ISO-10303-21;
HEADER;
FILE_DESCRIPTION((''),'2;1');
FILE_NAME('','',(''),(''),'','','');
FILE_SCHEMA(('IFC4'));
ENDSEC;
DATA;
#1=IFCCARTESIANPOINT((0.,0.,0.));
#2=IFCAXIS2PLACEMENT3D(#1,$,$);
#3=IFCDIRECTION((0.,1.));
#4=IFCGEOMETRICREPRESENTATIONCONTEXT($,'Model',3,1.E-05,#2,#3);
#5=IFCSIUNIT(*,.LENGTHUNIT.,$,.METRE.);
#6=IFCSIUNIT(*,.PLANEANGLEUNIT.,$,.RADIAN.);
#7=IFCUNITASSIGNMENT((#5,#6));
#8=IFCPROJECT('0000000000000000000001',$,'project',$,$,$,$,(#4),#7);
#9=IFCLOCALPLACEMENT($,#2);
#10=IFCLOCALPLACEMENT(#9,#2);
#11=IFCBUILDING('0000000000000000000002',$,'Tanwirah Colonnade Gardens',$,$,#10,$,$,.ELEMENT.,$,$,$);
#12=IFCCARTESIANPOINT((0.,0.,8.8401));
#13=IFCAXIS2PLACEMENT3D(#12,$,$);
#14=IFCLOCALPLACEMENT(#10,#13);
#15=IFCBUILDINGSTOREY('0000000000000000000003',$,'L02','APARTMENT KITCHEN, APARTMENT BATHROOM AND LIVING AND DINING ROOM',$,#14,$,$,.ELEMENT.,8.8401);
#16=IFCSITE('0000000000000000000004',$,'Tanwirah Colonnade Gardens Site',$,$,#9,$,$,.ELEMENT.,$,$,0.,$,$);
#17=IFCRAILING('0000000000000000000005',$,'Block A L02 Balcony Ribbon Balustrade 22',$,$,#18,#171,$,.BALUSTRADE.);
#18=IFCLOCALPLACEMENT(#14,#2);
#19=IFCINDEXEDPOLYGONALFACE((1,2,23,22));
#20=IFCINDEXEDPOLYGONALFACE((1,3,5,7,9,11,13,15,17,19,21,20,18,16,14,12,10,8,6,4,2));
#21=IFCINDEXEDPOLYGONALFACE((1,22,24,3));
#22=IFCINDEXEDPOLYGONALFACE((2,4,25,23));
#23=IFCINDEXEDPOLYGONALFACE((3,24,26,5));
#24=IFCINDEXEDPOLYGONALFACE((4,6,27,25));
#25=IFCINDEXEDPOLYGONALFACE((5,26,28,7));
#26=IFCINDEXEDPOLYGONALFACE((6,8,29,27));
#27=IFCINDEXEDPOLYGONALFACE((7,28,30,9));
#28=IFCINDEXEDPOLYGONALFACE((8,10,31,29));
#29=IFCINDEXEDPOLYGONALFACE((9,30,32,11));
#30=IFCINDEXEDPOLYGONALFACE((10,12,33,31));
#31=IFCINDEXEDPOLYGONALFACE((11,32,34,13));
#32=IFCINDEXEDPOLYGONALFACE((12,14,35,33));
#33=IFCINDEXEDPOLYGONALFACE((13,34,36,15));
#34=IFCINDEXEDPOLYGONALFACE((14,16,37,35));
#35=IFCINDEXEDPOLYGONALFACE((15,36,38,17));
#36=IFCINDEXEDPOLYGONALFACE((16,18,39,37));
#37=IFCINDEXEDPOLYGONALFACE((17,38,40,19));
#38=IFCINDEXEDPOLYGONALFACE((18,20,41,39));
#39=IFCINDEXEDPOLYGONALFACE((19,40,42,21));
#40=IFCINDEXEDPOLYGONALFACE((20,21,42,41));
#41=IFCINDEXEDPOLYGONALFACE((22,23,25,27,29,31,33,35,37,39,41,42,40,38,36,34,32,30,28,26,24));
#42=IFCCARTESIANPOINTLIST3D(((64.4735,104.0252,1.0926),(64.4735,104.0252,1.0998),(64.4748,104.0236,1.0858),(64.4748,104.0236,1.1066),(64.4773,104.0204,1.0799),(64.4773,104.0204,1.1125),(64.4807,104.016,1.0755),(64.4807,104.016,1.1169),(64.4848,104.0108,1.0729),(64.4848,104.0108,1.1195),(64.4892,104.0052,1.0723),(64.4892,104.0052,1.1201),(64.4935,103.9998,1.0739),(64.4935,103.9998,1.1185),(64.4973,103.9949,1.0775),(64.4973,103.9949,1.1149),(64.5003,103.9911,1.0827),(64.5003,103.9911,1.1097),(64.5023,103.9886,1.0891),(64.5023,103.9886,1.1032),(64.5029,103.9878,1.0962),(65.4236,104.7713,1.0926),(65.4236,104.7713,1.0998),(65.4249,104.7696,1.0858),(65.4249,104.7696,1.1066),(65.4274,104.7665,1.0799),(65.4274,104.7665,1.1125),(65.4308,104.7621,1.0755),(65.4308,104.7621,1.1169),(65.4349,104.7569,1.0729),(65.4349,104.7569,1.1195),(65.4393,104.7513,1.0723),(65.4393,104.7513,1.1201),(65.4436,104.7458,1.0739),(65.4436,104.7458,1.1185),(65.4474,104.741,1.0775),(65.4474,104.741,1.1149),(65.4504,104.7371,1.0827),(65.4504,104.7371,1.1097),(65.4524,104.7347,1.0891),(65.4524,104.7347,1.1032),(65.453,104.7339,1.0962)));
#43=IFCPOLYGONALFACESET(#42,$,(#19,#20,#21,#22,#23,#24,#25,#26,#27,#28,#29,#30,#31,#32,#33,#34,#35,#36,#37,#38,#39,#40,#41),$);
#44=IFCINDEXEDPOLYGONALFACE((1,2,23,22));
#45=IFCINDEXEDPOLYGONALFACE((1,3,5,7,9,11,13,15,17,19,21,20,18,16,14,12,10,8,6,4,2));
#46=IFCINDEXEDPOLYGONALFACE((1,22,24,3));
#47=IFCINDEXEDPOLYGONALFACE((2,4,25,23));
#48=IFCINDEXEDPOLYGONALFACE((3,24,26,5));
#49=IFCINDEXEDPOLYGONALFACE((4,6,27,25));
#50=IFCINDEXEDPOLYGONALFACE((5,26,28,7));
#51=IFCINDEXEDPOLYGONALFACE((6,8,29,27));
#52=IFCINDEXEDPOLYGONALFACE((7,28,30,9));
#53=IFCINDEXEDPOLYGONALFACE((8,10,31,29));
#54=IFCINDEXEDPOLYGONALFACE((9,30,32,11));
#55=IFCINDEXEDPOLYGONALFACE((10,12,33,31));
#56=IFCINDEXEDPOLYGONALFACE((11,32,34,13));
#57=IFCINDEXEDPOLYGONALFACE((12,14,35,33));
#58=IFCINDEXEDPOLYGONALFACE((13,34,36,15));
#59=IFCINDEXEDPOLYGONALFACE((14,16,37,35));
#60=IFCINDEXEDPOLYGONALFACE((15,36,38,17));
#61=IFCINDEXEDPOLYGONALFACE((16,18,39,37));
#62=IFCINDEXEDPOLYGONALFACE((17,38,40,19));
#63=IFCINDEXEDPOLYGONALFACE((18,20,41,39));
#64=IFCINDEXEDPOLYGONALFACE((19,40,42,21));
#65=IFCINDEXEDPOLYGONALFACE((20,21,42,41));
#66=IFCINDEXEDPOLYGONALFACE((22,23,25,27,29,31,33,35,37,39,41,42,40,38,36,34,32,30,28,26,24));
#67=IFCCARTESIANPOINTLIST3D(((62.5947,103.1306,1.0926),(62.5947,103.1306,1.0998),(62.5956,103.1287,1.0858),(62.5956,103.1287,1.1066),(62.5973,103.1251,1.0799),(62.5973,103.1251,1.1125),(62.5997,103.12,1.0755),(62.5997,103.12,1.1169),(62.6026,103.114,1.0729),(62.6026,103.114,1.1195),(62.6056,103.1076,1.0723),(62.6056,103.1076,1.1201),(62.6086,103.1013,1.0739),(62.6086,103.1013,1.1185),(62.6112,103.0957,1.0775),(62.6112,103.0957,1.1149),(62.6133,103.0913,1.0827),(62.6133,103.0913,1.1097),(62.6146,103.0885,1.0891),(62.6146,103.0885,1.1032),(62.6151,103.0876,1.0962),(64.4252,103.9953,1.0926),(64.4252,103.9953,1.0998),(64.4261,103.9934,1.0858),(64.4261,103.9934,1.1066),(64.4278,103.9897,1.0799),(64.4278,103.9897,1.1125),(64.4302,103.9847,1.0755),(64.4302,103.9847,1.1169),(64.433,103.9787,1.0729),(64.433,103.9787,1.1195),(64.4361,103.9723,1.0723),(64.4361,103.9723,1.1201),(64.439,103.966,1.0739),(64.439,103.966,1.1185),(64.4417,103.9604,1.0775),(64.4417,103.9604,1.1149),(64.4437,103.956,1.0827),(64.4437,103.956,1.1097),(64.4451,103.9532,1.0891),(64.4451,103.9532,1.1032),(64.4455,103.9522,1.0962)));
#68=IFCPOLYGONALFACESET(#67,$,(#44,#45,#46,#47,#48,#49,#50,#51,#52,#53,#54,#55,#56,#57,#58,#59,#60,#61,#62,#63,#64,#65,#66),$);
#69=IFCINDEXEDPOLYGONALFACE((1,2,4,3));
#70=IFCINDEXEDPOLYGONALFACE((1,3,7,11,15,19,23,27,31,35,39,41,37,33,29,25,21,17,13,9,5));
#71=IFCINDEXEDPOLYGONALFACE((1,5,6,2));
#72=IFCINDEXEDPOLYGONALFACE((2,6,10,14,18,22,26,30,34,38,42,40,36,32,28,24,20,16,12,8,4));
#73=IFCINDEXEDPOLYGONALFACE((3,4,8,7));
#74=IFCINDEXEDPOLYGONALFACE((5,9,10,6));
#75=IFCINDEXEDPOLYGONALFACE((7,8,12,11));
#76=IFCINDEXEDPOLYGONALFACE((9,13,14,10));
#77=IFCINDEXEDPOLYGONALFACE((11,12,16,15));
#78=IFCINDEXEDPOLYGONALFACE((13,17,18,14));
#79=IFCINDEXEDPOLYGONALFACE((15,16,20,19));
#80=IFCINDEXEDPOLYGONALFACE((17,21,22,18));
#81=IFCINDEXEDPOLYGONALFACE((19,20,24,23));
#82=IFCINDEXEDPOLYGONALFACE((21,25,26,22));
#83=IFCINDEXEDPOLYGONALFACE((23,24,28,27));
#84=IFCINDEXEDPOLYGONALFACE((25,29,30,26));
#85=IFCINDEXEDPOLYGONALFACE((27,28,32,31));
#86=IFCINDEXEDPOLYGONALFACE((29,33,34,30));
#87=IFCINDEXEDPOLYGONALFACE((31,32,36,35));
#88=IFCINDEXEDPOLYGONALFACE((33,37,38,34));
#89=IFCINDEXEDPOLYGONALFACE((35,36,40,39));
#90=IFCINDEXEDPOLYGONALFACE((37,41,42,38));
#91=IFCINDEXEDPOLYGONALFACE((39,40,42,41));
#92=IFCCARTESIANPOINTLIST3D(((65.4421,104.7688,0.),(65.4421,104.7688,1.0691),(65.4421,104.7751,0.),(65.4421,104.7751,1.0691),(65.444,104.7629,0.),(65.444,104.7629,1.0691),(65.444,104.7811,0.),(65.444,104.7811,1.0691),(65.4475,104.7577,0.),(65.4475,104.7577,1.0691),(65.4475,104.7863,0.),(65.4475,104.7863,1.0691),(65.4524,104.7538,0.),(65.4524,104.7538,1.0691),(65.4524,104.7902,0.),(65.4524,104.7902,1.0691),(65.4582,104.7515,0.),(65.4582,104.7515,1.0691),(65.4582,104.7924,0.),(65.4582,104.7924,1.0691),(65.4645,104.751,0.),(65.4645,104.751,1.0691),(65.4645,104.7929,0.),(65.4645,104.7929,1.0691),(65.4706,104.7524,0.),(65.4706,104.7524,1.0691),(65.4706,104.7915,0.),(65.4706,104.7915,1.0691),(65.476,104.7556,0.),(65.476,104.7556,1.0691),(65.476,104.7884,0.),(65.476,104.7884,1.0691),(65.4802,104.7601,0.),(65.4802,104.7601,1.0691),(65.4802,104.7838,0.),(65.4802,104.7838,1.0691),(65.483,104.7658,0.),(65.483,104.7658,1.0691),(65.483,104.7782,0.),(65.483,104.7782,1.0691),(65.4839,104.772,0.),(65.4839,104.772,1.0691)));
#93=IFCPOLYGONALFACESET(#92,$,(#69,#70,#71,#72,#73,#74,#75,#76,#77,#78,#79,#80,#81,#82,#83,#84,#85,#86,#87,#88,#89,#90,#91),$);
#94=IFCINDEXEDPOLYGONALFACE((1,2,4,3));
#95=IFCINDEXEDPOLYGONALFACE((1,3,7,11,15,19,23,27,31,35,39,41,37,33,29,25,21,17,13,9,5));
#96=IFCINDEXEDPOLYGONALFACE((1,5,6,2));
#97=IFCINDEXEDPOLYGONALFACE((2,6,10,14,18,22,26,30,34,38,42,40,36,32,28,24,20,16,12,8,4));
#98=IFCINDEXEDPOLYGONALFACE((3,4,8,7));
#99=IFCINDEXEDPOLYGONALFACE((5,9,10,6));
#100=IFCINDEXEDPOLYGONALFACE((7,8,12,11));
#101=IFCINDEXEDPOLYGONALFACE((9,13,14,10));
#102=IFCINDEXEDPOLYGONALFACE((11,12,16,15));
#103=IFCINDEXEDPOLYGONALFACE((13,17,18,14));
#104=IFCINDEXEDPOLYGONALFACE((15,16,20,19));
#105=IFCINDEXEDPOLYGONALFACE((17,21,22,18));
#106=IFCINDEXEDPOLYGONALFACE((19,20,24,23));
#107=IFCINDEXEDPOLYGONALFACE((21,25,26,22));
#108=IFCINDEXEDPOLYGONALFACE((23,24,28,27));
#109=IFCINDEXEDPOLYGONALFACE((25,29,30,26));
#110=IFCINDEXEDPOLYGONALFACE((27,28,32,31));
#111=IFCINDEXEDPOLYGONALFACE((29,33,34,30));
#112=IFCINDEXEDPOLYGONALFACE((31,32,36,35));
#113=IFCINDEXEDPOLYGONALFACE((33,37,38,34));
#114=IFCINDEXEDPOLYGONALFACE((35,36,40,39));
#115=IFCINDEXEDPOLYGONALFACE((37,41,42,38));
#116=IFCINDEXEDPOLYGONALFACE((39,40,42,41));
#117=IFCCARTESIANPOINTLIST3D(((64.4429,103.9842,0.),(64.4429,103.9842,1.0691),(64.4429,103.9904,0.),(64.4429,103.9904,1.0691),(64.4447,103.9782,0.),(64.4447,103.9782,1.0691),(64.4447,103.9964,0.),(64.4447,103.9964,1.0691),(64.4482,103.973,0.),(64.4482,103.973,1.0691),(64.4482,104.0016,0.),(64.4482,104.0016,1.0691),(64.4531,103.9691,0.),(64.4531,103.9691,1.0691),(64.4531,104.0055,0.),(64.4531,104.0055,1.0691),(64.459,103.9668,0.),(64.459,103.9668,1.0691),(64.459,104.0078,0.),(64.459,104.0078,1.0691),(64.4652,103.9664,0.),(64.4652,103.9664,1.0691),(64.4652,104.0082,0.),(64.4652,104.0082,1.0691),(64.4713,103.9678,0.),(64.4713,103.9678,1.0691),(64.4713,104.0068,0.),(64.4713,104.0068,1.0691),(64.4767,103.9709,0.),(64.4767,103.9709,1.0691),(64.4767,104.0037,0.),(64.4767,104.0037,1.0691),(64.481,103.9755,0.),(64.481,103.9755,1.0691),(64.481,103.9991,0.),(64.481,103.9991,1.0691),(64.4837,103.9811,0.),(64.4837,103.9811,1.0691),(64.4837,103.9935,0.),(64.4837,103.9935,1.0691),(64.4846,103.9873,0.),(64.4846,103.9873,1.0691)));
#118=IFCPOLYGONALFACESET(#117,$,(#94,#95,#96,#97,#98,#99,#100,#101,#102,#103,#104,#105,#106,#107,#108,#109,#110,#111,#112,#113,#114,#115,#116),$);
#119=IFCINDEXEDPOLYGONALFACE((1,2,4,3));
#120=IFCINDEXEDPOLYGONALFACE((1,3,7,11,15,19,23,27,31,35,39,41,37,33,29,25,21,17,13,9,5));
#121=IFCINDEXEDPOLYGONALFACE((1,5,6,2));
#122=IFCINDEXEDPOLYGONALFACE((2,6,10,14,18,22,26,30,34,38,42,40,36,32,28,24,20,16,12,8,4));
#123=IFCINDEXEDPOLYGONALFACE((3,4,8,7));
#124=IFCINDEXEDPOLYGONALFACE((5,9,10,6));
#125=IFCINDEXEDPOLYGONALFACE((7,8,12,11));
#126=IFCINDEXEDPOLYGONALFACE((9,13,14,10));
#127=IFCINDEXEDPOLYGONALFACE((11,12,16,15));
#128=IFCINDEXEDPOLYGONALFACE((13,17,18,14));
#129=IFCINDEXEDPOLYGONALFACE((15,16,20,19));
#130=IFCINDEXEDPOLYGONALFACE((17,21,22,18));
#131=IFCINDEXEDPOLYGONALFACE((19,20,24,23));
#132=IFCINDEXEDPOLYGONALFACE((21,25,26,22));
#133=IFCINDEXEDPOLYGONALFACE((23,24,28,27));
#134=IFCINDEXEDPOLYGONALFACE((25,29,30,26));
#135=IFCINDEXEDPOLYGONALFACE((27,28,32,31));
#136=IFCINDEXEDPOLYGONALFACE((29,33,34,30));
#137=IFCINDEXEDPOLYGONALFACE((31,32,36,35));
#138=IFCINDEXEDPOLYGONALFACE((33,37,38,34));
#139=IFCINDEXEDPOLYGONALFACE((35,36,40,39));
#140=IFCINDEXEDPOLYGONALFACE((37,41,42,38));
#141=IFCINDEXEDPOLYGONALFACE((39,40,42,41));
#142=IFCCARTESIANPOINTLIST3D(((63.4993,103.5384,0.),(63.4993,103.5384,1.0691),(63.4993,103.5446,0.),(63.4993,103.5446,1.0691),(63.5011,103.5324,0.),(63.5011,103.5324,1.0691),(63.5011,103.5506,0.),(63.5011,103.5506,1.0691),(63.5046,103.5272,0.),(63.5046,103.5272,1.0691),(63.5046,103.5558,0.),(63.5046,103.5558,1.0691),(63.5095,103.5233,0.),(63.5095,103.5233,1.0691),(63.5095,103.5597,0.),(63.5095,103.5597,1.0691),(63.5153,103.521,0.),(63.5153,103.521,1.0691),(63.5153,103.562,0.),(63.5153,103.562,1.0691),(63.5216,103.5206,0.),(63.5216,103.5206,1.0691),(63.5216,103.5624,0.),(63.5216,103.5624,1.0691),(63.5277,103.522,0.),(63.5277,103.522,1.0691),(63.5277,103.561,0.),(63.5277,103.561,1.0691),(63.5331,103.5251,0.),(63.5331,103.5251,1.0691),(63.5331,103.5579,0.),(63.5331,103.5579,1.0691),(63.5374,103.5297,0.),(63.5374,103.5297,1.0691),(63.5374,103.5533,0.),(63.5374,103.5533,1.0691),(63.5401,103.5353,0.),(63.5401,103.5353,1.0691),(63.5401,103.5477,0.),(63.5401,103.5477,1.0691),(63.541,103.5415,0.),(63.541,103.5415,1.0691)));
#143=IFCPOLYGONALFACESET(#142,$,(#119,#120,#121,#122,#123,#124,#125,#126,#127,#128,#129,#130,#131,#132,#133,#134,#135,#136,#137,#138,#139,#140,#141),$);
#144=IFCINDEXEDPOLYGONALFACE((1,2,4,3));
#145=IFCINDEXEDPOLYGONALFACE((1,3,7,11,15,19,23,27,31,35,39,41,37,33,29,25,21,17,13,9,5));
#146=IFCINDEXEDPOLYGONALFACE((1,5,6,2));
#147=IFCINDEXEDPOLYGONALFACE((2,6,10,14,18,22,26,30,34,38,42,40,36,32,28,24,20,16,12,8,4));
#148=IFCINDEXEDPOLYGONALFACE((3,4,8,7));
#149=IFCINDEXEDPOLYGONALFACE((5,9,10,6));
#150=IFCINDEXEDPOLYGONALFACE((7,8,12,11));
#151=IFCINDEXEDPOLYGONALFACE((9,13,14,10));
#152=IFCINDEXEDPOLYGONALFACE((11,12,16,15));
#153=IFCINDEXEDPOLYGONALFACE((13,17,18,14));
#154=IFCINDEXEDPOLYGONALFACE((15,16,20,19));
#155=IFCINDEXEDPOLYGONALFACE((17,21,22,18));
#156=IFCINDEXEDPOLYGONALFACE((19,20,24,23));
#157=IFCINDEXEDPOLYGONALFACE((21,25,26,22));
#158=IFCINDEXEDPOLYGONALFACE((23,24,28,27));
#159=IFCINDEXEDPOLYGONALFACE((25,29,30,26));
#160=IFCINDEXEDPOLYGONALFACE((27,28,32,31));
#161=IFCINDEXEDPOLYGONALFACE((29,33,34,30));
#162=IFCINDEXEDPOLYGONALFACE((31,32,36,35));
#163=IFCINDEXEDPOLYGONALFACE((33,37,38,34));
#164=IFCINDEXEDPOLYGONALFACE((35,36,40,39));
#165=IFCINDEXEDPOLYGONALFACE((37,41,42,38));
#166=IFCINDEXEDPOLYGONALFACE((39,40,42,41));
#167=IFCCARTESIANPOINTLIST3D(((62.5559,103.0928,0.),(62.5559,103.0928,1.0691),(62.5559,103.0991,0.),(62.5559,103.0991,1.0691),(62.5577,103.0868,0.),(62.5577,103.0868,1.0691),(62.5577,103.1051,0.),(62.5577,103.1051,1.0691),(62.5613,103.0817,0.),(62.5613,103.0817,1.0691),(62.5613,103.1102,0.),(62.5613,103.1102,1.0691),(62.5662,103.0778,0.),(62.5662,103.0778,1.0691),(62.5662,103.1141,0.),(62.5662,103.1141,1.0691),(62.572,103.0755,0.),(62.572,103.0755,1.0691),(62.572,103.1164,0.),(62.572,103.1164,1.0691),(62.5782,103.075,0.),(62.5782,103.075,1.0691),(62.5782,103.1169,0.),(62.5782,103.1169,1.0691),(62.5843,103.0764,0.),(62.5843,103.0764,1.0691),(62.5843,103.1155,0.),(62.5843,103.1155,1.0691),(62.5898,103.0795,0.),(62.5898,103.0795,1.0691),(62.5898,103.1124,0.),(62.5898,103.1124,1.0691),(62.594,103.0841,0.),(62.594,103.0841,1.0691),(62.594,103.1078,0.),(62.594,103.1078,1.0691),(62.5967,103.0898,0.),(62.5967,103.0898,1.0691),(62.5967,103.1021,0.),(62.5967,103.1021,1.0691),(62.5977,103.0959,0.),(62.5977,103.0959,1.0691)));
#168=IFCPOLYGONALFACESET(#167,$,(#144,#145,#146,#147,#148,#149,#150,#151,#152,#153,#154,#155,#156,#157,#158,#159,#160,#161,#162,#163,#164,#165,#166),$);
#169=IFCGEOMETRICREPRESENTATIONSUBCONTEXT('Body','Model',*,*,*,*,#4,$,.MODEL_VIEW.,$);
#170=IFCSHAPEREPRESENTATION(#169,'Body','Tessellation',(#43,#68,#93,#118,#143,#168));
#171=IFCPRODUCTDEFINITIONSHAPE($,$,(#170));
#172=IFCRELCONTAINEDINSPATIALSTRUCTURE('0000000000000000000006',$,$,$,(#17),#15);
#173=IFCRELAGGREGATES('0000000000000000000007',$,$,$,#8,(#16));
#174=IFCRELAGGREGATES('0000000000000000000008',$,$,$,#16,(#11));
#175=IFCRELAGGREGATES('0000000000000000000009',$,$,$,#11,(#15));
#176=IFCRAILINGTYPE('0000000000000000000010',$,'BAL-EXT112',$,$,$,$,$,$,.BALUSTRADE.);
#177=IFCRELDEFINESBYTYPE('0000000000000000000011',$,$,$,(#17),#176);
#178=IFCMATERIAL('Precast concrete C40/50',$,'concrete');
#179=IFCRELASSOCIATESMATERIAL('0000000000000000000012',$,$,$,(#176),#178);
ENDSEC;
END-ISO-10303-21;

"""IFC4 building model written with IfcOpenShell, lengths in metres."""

from ifc_helpers import new_model, si_unit, direction, frame, origin, origin_2d, place, context, subcontext, project, spatial, circle, extrude, material, type_object, element, save


model = new_model("IFC4")

# Units and contexts
model_context = context("Model", 3, precision=1e-05, world=origin(), true_north=direction((0.0, 1.0)))
body_context = subcontext(model_context, "Body", "Model", "MODEL_VIEW")
ifc_project = project(units=[si_unit("LENGTHUNIT", "METRE"), si_unit("PLANEANGLEUNIT", "RADIAN")], contexts=[model_context])

# Site, building, storey
site_placement = place(None, origin())
site = spatial("IfcSite", under=ifc_project, at=site_placement, Name="Tanwirah Colonnade Gardens Site", CompositionType="ELEMENT", RefElevation=0.0)
building_placement = place(site_placement, origin())
building = spatial("IfcBuilding", under=site, at=building_placement, Name="Tanwirah Colonnade Gardens", CompositionType="ELEMENT")
storey_placement = place(building_placement, frame((0.0, 0.0, 8.8401)))
storey = spatial("IfcBuildingStorey", under=building, at=storey_placement, Name="L02", Description="APARTMENT KITCHEN, APARTMENT BATHROOM AND LIVING AND DINING ROOM", CompositionType="ELEMENT", Elevation=8.8401)

# Shared definitions
ifc_material_1 = material(Name="Precast concrete C40/50", Category="concrete")

# Railing
railing_type = type_object("IfcRailingType", Name="BAL-EXT112", PredefinedType="BALUSTRADE", material=ifc_material_1)
railing_1_placement = place(storey_placement, frame((65.4629, 104.772, 0.0)))
element("IfcRailing", 1, at=railing_1_placement, inside=storey, type_object=railing_type, Name="Block A L02 Balcony Ribbon Balustrade 22", PredefinedType="BALUSTRADE", context=body_context, shape_type="SweptSolid", body=[
    extrude(circle(Radius=0.0239, at=origin_2d()), frame((-0.0247, -0.0193, 1.0962), z_axis=(-0.786498, -0.617592, 0.0), x_axis=(0.617592, -0.786498, 0.0)), (0.0, 0.0, 1.0), 1.208),
    extrude(circle(Radius=0.0239, at=origin_2d()), frame((-1.0276, -0.7981, 1.0962), z_axis=(-0.904195, -0.427121, 0.0), x_axis=(0.427121, -0.904195, 0.0)), (0.0, 0.0, 1.0), 2.0244),
    extrude(circle(Radius=0.021, at=origin_2d()), origin(), (0.0, 0.0, 1.0), 1.0691),
    extrude(circle(Radius=0.021, at=origin_2d()), frame((-0.9993, -0.7847, 0.0)), (0.0, 0.0, 1.0), 1.0691),
    extrude(circle(Radius=0.021, at=origin_2d()), frame((-1.9429, -1.2305, 0.0)), (0.0, 0.0, 1.0), 1.0691),
    extrude(circle(Radius=0.021, at=origin_2d()), frame((-2.8862, -1.676, 0.0)), (0.0, 0.0, 1.0), 1.0691),
])

save(model, "model.ifc")
